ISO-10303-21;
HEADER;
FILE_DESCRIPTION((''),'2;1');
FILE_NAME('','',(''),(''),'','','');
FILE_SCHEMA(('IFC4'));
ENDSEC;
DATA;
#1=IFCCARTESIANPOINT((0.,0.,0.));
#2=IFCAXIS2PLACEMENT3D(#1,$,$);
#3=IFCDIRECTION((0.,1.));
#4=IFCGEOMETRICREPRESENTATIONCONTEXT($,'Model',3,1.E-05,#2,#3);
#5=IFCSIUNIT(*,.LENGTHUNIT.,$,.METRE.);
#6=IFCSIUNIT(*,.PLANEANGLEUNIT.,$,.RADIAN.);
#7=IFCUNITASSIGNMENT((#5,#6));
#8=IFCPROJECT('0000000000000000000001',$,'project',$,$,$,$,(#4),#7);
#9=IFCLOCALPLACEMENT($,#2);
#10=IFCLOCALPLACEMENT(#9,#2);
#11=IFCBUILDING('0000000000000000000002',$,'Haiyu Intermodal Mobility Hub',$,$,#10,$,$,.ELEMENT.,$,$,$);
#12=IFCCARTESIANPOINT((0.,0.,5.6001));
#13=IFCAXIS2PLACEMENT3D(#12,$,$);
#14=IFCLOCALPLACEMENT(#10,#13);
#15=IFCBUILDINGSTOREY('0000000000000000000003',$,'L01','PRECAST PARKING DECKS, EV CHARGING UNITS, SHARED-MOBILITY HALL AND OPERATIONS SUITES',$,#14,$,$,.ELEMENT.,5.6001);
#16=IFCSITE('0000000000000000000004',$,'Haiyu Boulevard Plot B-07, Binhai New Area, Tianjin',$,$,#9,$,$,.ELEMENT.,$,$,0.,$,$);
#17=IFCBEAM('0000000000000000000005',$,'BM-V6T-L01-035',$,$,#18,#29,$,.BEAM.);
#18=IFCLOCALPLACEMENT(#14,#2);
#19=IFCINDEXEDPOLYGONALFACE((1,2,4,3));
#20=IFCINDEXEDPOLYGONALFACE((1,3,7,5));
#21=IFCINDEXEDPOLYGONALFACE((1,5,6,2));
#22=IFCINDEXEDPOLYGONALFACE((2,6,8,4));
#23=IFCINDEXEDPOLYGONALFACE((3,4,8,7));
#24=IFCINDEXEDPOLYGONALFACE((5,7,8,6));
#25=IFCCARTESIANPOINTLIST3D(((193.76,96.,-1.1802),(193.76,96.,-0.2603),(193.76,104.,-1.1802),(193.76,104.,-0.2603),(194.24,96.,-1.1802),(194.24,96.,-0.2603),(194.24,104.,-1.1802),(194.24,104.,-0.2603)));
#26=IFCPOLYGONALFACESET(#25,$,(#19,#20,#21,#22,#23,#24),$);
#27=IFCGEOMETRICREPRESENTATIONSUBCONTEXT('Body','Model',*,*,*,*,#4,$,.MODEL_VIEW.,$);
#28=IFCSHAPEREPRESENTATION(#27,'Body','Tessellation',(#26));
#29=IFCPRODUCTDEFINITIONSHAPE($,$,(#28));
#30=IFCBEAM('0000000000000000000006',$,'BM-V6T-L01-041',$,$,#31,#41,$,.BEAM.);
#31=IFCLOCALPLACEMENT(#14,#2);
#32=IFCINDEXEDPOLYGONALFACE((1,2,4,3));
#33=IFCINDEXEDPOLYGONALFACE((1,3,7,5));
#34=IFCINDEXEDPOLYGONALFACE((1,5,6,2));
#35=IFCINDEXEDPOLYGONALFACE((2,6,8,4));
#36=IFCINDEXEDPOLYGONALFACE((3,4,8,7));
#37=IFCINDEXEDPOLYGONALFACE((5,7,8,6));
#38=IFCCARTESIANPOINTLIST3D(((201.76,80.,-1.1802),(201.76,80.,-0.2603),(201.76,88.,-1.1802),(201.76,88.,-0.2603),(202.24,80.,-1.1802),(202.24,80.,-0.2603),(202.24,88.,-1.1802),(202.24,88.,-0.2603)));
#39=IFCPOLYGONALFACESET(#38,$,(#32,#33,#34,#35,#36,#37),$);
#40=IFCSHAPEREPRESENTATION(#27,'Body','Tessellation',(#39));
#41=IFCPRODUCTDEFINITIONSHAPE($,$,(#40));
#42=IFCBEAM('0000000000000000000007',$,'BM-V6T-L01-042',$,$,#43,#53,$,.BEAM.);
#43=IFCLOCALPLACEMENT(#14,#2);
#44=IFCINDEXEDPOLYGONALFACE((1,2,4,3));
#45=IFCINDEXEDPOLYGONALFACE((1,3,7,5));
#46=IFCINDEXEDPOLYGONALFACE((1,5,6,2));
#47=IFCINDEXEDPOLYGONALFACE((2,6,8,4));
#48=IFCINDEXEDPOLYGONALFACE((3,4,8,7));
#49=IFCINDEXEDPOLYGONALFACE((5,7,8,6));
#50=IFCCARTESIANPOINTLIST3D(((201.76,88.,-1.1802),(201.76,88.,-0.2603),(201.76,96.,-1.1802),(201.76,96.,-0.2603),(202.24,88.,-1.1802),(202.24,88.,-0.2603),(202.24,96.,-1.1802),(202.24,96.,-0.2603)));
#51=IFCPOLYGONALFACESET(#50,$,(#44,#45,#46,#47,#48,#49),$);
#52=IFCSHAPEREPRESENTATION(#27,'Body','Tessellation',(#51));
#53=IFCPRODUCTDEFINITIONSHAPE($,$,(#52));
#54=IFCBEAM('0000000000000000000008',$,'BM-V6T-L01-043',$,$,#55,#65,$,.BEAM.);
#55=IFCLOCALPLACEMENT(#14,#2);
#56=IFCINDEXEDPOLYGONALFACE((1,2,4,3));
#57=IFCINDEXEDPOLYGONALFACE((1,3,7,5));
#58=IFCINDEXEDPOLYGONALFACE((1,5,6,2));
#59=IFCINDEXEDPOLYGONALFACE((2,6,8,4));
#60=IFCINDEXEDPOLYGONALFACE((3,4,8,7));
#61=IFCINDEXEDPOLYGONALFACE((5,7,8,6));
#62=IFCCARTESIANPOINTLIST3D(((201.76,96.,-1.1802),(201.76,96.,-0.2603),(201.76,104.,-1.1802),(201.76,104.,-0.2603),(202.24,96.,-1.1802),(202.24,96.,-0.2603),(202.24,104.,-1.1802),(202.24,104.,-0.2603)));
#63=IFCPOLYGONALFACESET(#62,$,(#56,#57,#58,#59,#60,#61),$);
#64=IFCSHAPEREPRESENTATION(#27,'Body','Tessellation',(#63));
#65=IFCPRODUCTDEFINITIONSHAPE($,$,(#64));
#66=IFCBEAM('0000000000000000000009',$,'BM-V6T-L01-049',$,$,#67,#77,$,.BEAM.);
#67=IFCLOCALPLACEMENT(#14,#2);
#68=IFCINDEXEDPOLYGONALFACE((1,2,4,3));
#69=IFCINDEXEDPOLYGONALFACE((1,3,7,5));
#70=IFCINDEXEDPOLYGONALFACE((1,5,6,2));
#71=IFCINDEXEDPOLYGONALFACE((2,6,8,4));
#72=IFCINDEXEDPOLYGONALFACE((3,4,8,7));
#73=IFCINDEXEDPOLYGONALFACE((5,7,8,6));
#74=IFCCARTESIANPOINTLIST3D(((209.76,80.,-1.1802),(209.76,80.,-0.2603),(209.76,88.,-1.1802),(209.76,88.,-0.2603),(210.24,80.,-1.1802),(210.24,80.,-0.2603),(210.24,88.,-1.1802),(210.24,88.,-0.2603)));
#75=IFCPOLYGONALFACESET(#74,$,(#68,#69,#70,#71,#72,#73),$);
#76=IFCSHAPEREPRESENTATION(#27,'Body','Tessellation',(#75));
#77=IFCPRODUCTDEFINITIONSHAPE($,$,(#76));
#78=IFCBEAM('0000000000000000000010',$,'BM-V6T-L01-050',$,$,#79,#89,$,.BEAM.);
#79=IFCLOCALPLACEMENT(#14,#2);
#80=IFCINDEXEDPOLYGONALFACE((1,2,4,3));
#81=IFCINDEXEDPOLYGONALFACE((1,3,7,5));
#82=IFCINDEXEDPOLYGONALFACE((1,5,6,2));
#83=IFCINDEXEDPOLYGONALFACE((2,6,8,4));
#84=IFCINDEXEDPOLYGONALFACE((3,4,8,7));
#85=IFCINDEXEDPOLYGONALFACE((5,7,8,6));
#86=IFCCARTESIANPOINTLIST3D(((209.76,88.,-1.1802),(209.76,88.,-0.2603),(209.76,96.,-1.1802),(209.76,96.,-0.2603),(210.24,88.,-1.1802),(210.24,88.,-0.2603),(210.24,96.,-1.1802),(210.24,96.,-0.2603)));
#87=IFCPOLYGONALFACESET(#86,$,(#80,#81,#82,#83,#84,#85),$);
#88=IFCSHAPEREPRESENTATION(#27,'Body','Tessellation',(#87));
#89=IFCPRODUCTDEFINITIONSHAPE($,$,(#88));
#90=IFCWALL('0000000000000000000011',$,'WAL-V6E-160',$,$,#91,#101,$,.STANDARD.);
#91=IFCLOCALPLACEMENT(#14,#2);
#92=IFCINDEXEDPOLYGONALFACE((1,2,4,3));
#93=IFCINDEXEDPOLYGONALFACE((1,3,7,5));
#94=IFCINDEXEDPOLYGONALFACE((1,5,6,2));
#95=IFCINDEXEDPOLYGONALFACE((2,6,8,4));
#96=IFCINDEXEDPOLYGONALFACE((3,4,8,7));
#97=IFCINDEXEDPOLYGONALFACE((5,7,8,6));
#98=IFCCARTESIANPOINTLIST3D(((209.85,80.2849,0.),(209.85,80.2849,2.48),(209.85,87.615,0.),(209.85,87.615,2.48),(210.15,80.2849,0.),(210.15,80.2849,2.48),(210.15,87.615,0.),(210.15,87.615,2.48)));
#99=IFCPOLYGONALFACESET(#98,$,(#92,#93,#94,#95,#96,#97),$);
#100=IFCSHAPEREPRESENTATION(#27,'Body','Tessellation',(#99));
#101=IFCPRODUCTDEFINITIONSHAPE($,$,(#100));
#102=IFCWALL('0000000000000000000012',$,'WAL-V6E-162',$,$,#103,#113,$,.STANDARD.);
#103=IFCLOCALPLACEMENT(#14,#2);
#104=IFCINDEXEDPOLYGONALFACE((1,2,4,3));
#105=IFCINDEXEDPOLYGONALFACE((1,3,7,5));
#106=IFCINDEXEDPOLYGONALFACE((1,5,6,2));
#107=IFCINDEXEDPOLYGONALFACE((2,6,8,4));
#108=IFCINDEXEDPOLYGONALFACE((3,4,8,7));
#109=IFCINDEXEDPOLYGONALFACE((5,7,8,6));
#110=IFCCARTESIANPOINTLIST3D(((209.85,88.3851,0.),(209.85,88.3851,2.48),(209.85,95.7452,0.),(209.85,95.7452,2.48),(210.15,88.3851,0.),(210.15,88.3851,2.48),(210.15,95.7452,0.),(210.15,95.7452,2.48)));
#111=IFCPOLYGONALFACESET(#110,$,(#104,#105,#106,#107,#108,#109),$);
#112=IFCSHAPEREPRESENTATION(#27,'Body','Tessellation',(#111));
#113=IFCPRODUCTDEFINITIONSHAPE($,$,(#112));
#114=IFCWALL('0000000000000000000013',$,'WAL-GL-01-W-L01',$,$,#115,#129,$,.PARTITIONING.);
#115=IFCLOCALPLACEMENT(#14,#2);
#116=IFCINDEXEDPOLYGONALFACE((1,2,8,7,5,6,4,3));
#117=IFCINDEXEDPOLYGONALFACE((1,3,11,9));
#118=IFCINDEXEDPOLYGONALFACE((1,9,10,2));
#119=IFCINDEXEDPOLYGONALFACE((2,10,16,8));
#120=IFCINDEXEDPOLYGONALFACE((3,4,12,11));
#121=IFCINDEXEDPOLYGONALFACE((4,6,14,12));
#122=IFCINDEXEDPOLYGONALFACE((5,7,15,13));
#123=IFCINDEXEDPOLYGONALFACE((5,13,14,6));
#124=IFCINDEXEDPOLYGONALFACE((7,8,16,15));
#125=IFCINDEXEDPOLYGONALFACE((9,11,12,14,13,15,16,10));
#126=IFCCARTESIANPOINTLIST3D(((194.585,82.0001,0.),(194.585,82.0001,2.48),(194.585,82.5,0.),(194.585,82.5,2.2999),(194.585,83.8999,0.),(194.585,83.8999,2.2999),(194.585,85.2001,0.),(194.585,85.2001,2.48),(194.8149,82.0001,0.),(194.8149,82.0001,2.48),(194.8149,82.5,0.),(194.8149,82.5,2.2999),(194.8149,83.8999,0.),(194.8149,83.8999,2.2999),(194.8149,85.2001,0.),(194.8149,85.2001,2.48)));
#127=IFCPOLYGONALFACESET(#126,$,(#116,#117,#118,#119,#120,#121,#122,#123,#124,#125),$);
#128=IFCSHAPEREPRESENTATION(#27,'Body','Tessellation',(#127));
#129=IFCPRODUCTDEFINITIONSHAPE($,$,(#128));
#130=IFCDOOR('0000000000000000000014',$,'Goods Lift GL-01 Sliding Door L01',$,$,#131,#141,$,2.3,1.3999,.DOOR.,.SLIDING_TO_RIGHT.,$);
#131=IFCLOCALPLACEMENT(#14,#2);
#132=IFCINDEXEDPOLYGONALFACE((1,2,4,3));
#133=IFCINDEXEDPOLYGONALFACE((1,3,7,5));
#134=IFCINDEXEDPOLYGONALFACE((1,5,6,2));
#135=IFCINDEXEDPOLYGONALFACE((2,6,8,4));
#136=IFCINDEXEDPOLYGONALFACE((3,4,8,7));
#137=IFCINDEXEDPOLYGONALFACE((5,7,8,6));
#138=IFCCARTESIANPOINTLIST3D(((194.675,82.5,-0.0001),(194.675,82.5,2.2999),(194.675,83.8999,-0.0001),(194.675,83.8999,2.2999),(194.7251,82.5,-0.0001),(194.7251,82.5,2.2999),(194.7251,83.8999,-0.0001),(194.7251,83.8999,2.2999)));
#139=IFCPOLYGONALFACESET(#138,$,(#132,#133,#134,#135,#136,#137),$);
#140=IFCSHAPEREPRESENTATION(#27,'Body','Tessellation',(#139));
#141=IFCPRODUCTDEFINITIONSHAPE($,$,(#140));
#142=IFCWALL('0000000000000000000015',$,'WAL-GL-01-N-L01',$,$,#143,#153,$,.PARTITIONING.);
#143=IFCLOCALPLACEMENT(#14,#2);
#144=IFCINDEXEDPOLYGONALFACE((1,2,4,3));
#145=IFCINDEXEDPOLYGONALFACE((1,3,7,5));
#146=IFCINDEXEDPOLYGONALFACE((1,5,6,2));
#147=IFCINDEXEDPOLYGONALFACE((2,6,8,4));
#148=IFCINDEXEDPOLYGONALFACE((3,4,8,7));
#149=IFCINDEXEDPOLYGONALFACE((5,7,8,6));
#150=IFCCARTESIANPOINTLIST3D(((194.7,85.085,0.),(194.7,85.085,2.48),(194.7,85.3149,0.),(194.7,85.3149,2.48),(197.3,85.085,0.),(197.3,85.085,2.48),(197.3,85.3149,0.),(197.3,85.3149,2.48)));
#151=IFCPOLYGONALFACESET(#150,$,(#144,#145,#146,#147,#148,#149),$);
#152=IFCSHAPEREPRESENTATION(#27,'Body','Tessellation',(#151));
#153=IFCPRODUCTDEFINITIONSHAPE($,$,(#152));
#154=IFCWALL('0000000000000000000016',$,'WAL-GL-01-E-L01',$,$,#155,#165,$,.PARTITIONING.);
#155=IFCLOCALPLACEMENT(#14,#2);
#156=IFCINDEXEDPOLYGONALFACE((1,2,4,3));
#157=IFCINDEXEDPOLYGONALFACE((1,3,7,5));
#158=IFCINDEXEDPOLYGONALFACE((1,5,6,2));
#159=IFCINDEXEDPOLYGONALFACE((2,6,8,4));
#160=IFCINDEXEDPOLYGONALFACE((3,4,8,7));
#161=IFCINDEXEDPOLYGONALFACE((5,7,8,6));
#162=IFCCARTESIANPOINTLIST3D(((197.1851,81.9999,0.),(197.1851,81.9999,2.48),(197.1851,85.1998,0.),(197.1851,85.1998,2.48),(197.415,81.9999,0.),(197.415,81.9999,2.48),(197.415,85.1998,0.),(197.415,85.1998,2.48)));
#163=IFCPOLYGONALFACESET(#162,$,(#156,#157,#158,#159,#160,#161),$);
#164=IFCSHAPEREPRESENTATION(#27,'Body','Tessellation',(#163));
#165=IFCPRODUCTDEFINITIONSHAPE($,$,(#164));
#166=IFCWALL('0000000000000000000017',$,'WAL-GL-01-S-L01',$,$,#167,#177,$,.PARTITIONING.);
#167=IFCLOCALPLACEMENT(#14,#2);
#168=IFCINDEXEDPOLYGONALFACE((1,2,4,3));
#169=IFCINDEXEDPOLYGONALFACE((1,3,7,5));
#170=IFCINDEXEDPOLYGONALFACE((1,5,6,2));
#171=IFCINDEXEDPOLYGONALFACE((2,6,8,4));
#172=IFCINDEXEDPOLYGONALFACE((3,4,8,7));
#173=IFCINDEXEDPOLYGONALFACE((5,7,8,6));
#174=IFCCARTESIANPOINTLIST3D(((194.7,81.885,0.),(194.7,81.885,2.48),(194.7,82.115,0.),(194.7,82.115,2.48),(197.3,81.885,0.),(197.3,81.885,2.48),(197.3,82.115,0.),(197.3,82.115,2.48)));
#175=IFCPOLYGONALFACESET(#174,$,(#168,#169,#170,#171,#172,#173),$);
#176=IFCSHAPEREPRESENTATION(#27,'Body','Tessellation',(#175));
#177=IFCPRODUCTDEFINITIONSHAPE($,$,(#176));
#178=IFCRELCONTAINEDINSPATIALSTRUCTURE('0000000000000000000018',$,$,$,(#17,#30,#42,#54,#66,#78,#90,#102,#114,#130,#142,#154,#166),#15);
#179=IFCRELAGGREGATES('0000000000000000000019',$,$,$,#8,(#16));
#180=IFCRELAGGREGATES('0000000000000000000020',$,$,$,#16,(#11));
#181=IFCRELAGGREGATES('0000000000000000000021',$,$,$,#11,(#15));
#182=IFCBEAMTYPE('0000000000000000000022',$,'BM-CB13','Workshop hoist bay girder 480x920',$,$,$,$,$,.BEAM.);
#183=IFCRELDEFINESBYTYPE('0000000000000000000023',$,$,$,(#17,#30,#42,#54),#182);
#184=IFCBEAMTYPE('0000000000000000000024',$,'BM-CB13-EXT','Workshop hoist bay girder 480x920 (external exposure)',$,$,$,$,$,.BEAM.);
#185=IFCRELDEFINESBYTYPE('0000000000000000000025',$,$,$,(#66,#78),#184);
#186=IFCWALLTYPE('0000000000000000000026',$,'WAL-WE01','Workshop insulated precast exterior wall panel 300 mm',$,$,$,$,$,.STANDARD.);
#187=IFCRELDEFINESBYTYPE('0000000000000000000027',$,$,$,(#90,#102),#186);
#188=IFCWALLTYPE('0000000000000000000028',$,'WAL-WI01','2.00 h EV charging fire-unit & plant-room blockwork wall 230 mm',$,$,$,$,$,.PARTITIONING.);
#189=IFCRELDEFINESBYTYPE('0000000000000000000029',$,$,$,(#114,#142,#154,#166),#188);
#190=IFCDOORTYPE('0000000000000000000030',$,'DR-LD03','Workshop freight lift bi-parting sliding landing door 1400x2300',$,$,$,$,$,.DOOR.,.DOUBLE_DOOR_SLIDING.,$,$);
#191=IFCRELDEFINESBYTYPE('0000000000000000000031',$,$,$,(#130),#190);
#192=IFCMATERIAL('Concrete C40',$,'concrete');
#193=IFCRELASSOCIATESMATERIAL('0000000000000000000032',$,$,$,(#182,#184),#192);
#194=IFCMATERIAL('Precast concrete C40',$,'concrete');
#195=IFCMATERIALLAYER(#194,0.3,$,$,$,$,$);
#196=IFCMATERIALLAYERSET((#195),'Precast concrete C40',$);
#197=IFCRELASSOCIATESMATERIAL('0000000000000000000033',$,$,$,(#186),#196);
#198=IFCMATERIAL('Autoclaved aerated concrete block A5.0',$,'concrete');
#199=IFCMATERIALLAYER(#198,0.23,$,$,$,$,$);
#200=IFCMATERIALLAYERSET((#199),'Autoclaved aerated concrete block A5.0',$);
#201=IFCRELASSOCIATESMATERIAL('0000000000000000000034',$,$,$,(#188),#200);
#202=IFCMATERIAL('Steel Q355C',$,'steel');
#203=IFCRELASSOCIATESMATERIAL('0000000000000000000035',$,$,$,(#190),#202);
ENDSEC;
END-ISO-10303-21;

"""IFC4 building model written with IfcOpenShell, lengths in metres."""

from ifc_helpers import new_model, si_unit, direction, frame, frame_2d, origin, origin_2d, place, context, subcontext, project, spatial, rectangle, extrude, material, layer, layer_set, material_profile, profile_set, type_object, element, fill, save


model = new_model("IFC4")

# Units and contexts
model_context = context("Model", 3, precision=1e-05, world=origin(), true_north=direction((0.0, 1.0)))
body_context = subcontext(model_context, "Body", "Model", "MODEL_VIEW")
ifc_project = project(units=[si_unit("LENGTHUNIT", "METRE"), si_unit("PLANEANGLEUNIT", "RADIAN")], contexts=[model_context])

# Site, building, storey
site_placement = place(None, origin())
site = spatial("IfcSite", under=ifc_project, at=site_placement, Name="Haiyu Boulevard Plot B-07, Binhai New Area, Tianjin", CompositionType="ELEMENT", RefElevation=0.0)
building_placement = place(site_placement, origin())
building = spatial("IfcBuilding", under=site, at=building_placement, Name="Haiyu Intermodal Mobility Hub", CompositionType="ELEMENT")
storey_placement = place(building_placement, frame((0.0, 0.0, 5.6001)))
storey = spatial("IfcBuildingStorey", under=building, at=storey_placement, Name="L01", Description="PRECAST PARKING DECKS, EV CHARGING UNITS, SHARED-MOBILITY HALL AND OPERATIONS SUITES", CompositionType="ELEMENT", Elevation=5.6001)

# Shared definitions
ifc_material_1 = material(Name="Concrete C40", Category="concrete")
ifc_material_2 = material(Name="Precast concrete C40", Category="concrete")

# Beams
ifc_material_profile_1 = material_profile(ifc_material_1, rectangle(XDim=0.48, YDim=0.9199, at=origin_2d()), Name="B480x920")
ifc_profile_set_1 = profile_set([ifc_material_profile_1], Name="Concrete C40")
beam_type_1 = type_object("IfcBeamType", Name="BM-CB13", Description="Workshop hoist bay girder 480x920", PredefinedType="BEAM", material=ifc_profile_set_1)
for number, where, z_axis, x_axis, name in (
    (1, (194.0, 96.0, -0.7202), (0.0, 1.0, 0.0), (-1.0, 0.0, 0.0), "BM-V6T-L01-035"),
    (2, (202.0, 80.0, -0.7202), (0.0, 1.0, 0.0), (-1.0, 0.0, 0.0), "BM-V6T-L01-041"),
    (3, (202.0, 88.0, -0.7202), (0.0, 1.0, 0.0), (-1.0, 0.0, 0.0), "BM-V6T-L01-042"),
    (4, (202.0, 96.0, -0.7202), (0.0, 1.0, 0.0), (-1.0, 0.0, 0.0), "BM-V6T-L01-043"),
):
    element("IfcBeam", number, at=place(storey_placement, frame(where, z_axis=z_axis, x_axis=x_axis)), inside=storey, type_object=beam_type_1, Name=name, PredefinedType="BEAM", context=body_context, shape_type="SweptSolid", body=[
        extrude(rectangle(XDim=0.48, YDim=0.9199, at=origin_2d()), origin(), (0.0, 0.0, 1.0), 8.0),
    ])
ifc_material_profile_2 = material_profile(ifc_material_1, rectangle(XDim=0.48, YDim=0.9199, at=origin_2d()), Name="B480x920")
ifc_profile_set_2 = profile_set([ifc_material_profile_2], Name="Concrete C40")
beam_type_2 = type_object("IfcBeamType", Name="BM-CB13-EXT", Description="Workshop hoist bay girder 480x920 (external exposure)", PredefinedType="BEAM", material=ifc_profile_set_2)
for number, where, z_axis, x_axis, name in (
    (5, (210.0, 80.0, -0.7202), (0.0, 1.0, 0.0), (-1.0, 0.0, 0.0), "BM-V6T-L01-049"),
    (6, (210.0, 88.0, -0.7202), (0.0, 1.0, 0.0), (-1.0, 0.0, 0.0), "BM-V6T-L01-050"),
):
    element("IfcBeam", number, at=place(storey_placement, frame(where, z_axis=z_axis, x_axis=x_axis)), inside=storey, type_object=beam_type_2, Name=name, PredefinedType="BEAM", context=body_context, shape_type="SweptSolid", body=[
        extrude(rectangle(XDim=0.48, YDim=0.9199, at=origin_2d()), origin(), (0.0, 0.0, 1.0), 8.0),
    ])

# Walls
ifc_layer_1 = layer(ifc_material_2, 0.3)
ifc_layer_set_1 = layer_set([ifc_layer_1], Name="Precast concrete C40")
wall_type_1 = type_object("IfcWallType", Name="WAL-WE01", Description="Workshop insulated precast exterior wall panel 300 mm", PredefinedType="STANDARD", material=ifc_layer_set_1)
wall_1_placement = place(storey_placement, frame((210.0, 80.2849, 0.0), z_axis=(0.0, 0.0, 1.0), x_axis=(0.0, 1.0, 0.0)))
element("IfcWall", 7, at=wall_1_placement, inside=storey, type_object=wall_type_1, Name="WAL-V6E-160", PredefinedType="STANDARD", context=body_context, shape_type="SweptSolid", body=[
    extrude(rectangle(XDim=7.3301, YDim=0.3, at=frame_2d((3.665, 0.0))), origin(), (0.0, 0.0, 1.0), 2.48),
])
wall_2_placement = place(storey_placement, frame((210.0, 88.385, 0.0), z_axis=(0.0, 0.0, 1.0), x_axis=(0.0, 1.0, 0.0)))
element("IfcWall", 8, at=wall_2_placement, inside=storey, type_object=wall_type_1, Name="WAL-V6E-162", PredefinedType="STANDARD", context=body_context, shape_type="SweptSolid", body=[
    extrude(rectangle(XDim=7.3601, YDim=0.3, at=frame_2d((3.6802, 0.0))), origin(), (0.0, 0.0, 1.0), 2.48),
])

# Wall, opening, door
ifc_material_3 = material(Name="Autoclaved aerated concrete block A5.0", Category="concrete")
ifc_layer_2 = layer(ifc_material_3, 0.23)
ifc_layer_set_2 = layer_set([ifc_layer_2], Name="Autoclaved aerated concrete block A5.0")
wall_type_2 = type_object("IfcWallType", Name="WAL-WI01", Description="2.00 h EV charging fire-unit & plant-room blockwork wall 230 mm", PredefinedType="PARTITIONING", material=ifc_layer_set_2)
wall_3_placement = place(storey_placement, frame((194.7, 82.0, 0.0), z_axis=(0.0, 0.0, 1.0), x_axis=(0.0, 1.0, 0.0)))
wall_3 = element("IfcWall", 9, at=wall_3_placement, inside=storey, type_object=wall_type_2, Name="WAL-GL-01-W-L01", PredefinedType="PARTITIONING", context=body_context, shape_type="SweptSolid", body=[
    extrude(rectangle(XDim=3.2, YDim=0.23, at=frame_2d((1.6001, 0.0))), origin(), (0.0, 0.0, 1.0), 2.48),
])
opening_1_placement = place(wall_3_placement, frame((0.5, 0.0, 0.0)))
opening_1 = element("IfcOpeningElement", 10, at=opening_1_placement, cuts=wall_3, PredefinedType="OPENING", context=body_context, shape_type="SweptSolid", body=[
    extrude(rectangle(XDim=1.3999, YDim=2.3, at=frame_2d((0.7, 1.1499))), frame((0.0, 0.125, 0.0), z_axis=(0.0, -1.0, 0.0), x_axis=(1.0, 0.0, 0.0)), (0.0, 0.0, 1.0), 0.25),
])
ifc_material_4 = material(Name="Steel Q355C", Category="steel")
door_type_1 = type_object("IfcDoorType", Name="DR-LD03", Description="Workshop freight lift bi-parting sliding landing door 1400x2300", OperationType="DOUBLE_DOOR_SLIDING", PredefinedType="DOOR", material=ifc_material_4)
door_1_placement = place(opening_1_placement, origin())
door_1 = element("IfcDoor", 11, at=door_1_placement, inside=storey, type_object=door_type_1, Name="Goods Lift GL-01 Sliding Door L01", OperationType="SLIDING_TO_RIGHT", OverallHeight=2.3, OverallWidth=1.3999, PredefinedType="DOOR", context=body_context, shape_type="SweptSolid", body=[
    extrude(rectangle(XDim=1.3999, YDim=2.3, at=frame_2d((0.7, 1.1499))), frame((0.0, 0.0249, 0.0), z_axis=(0.0, -1.0, 0.0), x_axis=(1.0, 0.0, 0.0)), (0.0, 0.0, 1.0), 0.05),
])
fill(opening_1, door_1)

# Walls
wall_4_placement = place(storey_placement, frame((194.7, 85.2, 0.0), z_axis=(0.0, 0.0, 1.0), x_axis=(1.0, 0.0, 0.0)))
element("IfcWall", 12, at=wall_4_placement, inside=storey, type_object=wall_type_2, Name="WAL-GL-01-N-L01", PredefinedType="PARTITIONING", context=body_context, shape_type="SweptSolid", body=[
    extrude(rectangle(XDim=2.6001, YDim=0.23, at=frame_2d((1.3, 0.0))), origin(), (0.0, 0.0, 1.0), 2.48),
])
wall_5_placement = place(storey_placement, frame((197.3, 85.2, 0.0), z_axis=(0.0, 0.0, 1.0), x_axis=(0.0, -1.0, 0.0)))
element("IfcWall", 13, at=wall_5_placement, inside=storey, type_object=wall_type_2, Name="WAL-GL-01-E-L01", PredefinedType="PARTITIONING", context=body_context, shape_type="SweptSolid", body=[
    extrude(rectangle(XDim=3.2, YDim=0.23, at=frame_2d((1.6001, 0.0))), origin(), (0.0, 0.0, 1.0), 2.48),
])
wall_6_placement = place(storey_placement, frame((197.3, 82.0, 0.0), z_axis=(0.0, 0.0, 1.0), x_axis=(-1.0, 0.0, 0.0)))
element("IfcWall", 14, at=wall_6_placement, inside=storey, type_object=wall_type_2, Name="WAL-GL-01-S-L01", PredefinedType="PARTITIONING", context=body_context, shape_type="SweptSolid", body=[
    extrude(rectangle(XDim=2.6001, YDim=0.23, at=frame_2d((1.3, 0.0))), origin(), (0.0, 0.0, 1.0), 2.48),
])

save(model, "model.ifc")
